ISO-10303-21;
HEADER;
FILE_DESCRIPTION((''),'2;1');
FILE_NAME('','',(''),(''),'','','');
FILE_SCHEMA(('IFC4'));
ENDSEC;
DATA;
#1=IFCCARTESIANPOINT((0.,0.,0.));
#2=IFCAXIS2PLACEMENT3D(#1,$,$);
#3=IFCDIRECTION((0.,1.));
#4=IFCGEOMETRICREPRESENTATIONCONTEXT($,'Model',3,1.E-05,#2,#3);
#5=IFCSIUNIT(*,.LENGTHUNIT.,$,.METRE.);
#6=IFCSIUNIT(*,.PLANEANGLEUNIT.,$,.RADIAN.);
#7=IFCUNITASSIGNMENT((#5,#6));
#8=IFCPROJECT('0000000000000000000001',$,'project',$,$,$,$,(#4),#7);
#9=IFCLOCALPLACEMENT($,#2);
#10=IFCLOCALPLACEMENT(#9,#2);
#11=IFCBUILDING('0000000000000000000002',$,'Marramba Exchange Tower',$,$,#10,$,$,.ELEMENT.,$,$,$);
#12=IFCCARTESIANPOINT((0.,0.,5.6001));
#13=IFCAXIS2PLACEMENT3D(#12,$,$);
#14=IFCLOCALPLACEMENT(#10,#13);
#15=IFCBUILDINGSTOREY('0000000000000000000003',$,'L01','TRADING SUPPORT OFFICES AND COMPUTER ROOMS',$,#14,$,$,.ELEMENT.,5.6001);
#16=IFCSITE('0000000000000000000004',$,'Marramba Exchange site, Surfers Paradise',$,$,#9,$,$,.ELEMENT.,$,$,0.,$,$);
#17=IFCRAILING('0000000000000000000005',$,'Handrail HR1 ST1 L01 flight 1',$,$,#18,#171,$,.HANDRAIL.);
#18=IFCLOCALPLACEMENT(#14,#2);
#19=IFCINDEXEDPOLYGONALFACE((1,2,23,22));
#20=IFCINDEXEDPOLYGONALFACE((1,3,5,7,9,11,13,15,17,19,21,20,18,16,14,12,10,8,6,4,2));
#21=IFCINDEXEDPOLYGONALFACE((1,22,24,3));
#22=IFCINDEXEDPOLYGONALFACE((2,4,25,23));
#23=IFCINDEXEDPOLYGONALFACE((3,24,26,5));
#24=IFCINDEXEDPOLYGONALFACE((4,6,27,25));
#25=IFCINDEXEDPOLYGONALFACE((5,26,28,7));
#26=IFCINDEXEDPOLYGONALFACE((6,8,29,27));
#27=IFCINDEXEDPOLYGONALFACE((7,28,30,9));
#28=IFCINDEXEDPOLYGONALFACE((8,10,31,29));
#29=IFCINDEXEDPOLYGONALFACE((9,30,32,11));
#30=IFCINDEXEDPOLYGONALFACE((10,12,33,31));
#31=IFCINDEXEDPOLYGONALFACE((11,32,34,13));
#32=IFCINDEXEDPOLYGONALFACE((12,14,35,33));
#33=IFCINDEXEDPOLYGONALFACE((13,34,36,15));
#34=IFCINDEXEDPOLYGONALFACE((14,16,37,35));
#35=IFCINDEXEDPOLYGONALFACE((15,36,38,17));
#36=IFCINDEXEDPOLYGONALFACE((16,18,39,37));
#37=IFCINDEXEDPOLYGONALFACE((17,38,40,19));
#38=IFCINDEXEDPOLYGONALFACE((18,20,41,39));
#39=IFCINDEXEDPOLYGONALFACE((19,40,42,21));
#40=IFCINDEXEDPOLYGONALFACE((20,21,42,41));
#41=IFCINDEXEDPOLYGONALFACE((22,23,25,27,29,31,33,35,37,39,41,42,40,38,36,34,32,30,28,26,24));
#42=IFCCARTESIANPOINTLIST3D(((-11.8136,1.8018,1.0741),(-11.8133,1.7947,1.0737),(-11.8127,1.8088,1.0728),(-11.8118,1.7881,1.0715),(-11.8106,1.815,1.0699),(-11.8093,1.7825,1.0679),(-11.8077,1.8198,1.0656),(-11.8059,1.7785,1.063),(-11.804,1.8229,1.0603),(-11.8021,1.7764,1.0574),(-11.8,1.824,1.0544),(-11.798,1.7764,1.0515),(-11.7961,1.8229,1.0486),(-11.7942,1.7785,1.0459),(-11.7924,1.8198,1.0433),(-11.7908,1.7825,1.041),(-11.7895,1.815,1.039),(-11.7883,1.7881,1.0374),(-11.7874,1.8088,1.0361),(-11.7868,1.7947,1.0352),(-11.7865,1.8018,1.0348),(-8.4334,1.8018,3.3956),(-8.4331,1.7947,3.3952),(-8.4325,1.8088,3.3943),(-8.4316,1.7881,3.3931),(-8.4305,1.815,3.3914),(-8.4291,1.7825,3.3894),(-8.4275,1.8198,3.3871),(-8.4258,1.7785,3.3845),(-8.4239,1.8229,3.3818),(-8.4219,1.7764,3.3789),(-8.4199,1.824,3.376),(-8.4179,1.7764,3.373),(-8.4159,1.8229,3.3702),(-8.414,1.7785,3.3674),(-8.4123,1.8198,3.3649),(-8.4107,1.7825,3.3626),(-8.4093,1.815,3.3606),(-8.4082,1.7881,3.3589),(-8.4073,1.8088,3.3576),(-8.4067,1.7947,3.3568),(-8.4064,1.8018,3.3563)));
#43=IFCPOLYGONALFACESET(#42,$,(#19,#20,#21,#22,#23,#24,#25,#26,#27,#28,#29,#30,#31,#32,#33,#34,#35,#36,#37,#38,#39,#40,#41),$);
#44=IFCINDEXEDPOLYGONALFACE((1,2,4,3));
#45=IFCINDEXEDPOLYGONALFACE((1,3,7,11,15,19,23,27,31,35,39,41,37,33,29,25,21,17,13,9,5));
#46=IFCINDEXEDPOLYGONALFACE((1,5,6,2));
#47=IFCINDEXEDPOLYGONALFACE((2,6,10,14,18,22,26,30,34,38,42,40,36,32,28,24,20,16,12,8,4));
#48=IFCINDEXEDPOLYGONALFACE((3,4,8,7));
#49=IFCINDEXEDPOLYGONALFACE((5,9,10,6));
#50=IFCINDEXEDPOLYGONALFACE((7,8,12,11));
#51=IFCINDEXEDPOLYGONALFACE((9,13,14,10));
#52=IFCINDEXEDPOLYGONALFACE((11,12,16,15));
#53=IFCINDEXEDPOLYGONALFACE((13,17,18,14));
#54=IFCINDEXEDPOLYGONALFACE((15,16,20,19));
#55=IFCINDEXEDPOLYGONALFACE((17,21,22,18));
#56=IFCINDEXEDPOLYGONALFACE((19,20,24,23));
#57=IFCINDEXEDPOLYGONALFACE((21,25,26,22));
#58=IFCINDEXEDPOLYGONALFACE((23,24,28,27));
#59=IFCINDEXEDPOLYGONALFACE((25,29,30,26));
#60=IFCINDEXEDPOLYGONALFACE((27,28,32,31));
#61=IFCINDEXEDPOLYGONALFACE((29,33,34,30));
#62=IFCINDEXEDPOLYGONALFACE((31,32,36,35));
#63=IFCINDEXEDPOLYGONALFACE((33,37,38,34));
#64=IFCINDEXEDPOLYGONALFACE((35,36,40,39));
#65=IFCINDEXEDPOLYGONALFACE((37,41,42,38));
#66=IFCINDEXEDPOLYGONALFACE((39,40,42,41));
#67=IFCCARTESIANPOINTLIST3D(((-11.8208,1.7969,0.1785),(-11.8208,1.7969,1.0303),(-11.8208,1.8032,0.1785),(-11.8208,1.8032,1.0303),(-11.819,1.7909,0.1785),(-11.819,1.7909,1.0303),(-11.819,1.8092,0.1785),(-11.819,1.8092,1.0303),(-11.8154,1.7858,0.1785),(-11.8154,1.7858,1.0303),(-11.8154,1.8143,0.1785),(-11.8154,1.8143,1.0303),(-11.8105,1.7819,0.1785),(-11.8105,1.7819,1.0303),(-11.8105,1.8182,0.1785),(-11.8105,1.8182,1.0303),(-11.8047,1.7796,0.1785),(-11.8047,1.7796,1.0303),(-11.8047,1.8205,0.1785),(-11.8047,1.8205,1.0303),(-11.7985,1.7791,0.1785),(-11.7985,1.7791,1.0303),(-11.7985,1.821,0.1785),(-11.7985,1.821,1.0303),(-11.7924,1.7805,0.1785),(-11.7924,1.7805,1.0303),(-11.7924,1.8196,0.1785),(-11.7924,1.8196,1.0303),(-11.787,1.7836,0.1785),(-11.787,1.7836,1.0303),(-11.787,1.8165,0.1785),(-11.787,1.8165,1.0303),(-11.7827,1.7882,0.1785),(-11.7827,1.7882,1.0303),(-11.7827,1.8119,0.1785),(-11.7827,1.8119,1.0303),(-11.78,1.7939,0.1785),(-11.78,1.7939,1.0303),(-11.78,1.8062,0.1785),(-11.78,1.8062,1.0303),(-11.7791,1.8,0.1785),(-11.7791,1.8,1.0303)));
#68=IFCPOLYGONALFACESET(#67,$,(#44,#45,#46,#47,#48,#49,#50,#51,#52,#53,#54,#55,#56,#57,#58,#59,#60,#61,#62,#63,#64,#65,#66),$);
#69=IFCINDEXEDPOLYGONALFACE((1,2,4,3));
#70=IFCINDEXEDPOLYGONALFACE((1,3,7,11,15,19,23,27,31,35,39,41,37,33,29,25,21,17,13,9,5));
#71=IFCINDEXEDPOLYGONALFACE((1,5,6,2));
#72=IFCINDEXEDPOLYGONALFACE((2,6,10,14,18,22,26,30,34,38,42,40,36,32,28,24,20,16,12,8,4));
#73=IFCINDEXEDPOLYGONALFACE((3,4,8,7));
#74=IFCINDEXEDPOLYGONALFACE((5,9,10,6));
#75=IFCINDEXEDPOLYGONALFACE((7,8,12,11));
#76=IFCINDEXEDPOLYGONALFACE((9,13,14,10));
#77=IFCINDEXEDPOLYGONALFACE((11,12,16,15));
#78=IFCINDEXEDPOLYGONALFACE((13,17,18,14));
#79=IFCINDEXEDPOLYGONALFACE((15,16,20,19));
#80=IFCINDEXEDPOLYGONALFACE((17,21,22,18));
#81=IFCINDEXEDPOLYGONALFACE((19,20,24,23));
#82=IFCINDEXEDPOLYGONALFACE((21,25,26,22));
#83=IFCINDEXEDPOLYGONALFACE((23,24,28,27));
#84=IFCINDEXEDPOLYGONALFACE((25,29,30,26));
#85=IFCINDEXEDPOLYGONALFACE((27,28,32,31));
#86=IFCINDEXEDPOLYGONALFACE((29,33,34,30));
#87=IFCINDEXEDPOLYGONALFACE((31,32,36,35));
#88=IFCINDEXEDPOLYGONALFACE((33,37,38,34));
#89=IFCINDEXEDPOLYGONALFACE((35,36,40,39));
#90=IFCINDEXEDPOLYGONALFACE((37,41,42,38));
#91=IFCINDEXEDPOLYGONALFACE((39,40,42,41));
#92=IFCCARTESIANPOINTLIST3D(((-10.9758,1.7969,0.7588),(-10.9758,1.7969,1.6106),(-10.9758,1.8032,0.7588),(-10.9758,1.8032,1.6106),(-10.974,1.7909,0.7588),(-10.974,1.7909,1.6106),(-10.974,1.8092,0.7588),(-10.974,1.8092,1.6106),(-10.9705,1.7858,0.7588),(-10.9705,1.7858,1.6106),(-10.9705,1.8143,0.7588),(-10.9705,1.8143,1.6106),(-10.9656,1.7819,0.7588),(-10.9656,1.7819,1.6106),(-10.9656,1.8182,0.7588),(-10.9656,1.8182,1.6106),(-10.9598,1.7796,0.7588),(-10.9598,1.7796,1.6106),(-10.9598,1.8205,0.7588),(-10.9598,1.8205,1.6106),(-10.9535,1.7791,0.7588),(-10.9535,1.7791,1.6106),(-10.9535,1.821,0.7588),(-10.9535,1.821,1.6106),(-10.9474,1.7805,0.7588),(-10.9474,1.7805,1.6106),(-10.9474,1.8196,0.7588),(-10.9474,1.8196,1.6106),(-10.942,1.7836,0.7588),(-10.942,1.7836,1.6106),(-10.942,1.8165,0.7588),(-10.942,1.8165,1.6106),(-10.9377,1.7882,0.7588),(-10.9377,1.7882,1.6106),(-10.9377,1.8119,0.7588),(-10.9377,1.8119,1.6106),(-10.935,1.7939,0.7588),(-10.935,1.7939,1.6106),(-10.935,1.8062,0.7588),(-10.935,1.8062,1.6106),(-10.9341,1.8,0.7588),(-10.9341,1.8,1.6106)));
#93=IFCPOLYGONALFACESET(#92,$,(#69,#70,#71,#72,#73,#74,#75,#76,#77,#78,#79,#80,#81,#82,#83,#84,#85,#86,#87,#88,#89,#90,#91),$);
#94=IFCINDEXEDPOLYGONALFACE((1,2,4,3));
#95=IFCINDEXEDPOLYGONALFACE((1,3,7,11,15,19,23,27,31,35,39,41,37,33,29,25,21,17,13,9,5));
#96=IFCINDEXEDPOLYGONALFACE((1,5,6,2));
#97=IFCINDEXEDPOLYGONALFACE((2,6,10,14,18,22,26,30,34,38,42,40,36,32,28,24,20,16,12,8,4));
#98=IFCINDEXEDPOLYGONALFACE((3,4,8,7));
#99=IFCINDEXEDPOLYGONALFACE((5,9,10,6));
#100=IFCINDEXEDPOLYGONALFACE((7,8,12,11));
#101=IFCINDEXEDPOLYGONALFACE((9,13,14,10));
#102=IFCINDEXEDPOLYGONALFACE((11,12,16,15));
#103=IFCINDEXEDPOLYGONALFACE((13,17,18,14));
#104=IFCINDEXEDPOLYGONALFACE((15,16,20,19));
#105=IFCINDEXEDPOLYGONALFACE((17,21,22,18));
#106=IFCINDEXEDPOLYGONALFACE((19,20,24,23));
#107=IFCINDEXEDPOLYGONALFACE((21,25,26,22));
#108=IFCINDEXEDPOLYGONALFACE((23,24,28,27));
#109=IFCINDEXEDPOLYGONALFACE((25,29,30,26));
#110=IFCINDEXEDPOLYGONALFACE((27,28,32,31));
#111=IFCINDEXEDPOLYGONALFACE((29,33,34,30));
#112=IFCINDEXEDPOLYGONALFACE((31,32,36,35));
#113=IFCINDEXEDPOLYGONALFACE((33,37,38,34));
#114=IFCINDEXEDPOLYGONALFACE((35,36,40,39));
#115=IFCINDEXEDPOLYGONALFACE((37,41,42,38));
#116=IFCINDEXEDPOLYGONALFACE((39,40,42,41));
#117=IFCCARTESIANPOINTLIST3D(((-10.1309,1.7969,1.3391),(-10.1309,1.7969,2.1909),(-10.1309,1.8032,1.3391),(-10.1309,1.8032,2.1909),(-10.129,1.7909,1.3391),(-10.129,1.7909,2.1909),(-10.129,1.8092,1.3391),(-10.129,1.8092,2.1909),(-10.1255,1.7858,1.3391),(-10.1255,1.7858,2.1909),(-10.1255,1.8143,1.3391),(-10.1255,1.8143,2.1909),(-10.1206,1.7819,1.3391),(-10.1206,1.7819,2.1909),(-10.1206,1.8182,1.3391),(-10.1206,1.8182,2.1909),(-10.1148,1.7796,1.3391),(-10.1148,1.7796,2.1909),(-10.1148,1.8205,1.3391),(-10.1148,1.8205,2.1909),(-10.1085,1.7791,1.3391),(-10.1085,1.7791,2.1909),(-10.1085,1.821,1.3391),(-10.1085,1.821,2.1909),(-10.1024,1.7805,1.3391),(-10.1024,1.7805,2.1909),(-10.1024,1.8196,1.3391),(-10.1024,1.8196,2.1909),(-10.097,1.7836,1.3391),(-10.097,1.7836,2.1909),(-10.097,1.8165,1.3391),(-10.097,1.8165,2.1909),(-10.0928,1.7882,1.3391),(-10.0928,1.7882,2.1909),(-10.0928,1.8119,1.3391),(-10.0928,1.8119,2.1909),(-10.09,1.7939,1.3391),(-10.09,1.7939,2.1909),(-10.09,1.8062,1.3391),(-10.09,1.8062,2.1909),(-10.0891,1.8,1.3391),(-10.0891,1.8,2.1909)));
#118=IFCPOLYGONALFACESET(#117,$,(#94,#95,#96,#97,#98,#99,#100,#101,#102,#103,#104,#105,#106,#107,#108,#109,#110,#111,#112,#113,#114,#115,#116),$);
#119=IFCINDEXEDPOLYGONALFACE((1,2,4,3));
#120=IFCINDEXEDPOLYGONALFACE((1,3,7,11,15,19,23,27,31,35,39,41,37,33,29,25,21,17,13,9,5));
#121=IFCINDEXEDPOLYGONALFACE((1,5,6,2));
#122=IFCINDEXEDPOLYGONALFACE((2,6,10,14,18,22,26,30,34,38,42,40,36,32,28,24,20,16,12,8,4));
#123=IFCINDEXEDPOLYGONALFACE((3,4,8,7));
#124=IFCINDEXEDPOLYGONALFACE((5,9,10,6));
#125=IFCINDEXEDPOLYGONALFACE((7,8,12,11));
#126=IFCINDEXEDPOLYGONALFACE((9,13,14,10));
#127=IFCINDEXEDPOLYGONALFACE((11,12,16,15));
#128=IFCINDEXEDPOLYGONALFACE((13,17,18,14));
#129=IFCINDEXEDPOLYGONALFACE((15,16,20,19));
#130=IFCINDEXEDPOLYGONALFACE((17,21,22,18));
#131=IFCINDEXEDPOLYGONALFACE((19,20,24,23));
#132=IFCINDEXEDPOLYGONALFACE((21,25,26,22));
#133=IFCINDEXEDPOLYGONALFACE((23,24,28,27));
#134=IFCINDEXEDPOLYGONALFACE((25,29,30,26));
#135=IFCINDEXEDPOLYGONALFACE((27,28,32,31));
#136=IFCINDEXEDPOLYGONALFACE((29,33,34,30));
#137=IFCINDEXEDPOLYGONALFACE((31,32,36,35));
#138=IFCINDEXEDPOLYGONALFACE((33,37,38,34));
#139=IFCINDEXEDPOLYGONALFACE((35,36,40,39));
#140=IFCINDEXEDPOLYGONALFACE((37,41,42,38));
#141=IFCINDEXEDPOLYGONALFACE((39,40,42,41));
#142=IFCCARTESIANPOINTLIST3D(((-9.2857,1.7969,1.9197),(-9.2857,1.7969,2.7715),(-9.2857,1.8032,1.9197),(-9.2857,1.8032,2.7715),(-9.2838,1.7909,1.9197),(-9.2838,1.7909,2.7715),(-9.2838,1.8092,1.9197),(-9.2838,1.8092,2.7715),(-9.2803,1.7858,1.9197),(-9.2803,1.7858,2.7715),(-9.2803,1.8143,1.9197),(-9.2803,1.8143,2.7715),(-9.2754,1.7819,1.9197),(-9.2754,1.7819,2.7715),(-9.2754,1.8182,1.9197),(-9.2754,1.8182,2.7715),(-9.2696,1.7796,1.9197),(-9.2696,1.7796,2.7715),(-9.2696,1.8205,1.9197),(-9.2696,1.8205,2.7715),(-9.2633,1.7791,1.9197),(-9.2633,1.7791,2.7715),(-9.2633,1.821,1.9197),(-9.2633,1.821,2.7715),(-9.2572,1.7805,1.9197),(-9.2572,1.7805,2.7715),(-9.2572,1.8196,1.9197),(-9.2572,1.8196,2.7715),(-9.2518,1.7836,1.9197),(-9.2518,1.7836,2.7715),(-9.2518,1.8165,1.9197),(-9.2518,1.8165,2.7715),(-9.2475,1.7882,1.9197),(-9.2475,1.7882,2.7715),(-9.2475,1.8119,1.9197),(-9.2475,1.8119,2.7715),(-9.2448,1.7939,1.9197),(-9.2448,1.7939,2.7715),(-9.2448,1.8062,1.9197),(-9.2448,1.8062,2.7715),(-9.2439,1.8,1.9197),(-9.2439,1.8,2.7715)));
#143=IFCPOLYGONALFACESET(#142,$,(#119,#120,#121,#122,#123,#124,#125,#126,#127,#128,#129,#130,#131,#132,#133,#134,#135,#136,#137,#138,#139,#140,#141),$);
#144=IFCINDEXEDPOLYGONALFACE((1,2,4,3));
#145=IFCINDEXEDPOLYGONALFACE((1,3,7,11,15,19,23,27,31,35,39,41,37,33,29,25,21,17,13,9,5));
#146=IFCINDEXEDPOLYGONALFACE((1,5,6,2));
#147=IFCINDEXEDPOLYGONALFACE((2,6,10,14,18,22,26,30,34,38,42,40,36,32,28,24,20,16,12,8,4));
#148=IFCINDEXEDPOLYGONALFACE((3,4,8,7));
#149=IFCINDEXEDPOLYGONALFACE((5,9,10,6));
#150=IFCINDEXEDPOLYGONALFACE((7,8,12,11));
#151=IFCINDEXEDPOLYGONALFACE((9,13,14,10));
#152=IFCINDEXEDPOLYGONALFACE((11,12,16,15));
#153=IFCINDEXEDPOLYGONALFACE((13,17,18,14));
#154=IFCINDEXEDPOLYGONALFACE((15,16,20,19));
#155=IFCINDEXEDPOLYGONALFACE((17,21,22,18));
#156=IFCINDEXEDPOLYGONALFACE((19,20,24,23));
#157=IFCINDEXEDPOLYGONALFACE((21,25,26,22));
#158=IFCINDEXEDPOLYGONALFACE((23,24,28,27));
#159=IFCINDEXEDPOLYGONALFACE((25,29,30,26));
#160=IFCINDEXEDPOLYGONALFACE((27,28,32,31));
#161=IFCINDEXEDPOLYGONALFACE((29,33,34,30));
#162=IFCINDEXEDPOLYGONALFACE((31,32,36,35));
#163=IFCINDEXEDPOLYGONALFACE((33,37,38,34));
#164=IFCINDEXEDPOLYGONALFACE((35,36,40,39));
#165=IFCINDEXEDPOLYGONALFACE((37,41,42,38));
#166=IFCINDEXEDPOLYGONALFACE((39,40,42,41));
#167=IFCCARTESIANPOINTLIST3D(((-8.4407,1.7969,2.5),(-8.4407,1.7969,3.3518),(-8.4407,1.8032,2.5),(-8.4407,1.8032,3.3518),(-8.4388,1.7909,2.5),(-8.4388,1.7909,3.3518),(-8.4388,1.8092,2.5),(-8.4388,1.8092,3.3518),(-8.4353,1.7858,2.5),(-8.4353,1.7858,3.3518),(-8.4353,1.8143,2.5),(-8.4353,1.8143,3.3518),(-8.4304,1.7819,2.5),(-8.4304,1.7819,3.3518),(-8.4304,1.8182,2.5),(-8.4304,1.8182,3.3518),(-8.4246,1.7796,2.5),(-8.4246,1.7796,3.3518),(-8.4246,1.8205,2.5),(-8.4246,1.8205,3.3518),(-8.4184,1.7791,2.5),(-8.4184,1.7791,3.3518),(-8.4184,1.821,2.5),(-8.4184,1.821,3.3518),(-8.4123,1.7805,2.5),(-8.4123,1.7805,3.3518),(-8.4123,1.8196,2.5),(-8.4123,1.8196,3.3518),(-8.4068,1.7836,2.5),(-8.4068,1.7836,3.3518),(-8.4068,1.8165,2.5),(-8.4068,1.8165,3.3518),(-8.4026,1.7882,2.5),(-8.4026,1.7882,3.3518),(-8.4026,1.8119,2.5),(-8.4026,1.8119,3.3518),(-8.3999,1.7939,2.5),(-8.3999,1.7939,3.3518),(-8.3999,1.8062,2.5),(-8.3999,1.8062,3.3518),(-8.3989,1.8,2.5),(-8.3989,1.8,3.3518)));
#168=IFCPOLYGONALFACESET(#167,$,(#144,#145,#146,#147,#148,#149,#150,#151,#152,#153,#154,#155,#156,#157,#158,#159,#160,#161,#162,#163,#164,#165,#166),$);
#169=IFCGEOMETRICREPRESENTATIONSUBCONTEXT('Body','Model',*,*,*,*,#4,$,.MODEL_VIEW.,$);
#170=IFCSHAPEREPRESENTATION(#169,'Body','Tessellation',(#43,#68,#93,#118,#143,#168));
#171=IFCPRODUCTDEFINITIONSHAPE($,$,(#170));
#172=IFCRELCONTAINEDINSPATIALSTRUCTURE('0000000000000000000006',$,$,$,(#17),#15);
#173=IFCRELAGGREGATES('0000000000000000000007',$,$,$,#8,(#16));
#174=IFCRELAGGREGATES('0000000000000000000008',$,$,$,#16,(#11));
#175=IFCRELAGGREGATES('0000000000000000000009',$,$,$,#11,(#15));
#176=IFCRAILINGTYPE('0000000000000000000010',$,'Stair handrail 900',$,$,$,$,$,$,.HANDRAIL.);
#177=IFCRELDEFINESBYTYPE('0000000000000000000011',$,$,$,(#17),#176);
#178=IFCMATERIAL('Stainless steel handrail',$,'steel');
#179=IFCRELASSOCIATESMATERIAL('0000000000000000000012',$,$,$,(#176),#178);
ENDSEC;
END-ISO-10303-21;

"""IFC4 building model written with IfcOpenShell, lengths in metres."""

from ifc_helpers import new_model, si_unit, direction, frame, origin, origin_2d, place, context, subcontext, project, spatial, circle, extrude, material, type_object, element, save


model = new_model("IFC4")

# Units and contexts
model_context = context("Model", 3, precision=1e-05, world=origin(), true_north=direction((0.0, 1.0)))
body_context = subcontext(model_context, "Body", "Model", "MODEL_VIEW")
ifc_project = project(units=[si_unit("LENGTHUNIT", "METRE"), si_unit("PLANEANGLEUNIT", "RADIAN")], contexts=[model_context])

# Site, building, storey
site_placement = place(None, origin())
site = spatial("IfcSite", under=ifc_project, at=site_placement, Name="Marramba Exchange site, Surfers Paradise", CompositionType="ELEMENT", RefElevation=0.0)
building_placement = place(site_placement, origin())
building = spatial("IfcBuilding", under=site, at=building_placement, Name="Marramba Exchange Tower", CompositionType="ELEMENT")
storey_placement = place(building_placement, frame((0.0, 0.0, 5.6001)))
storey = spatial("IfcBuildingStorey", under=building, at=storey_placement, Name="L01", Description="TRADING SUPPORT OFFICES AND COMPUTER ROOMS", CompositionType="ELEMENT", Elevation=5.6001)

# Railing
ifc_material_1 = material(Name="Stainless steel handrail", Category="steel")
railing_type = type_object("IfcRailingType", Name="Stair handrail 900", PredefinedType="HANDRAIL", material=ifc_material_1)
railing_1_placement = place(storey_placement, frame((-11.8, 1.8, 0.1785)))
element("IfcRailing", 1, at=railing_1_placement, inside=storey, type_object=railing_type, Name="Handrail HR1 ST1 L01 flight 1", PredefinedType="HANDRAIL", context=body_context, shape_type="SweptSolid", body=[
    extrude(circle(Radius=0.0239, at=origin_2d()), frame((0.0, 0.0, 0.876), z_axis=(0.824304, 0.0, 0.566147), x_axis=(0.0, 1.0, 0.0)), (0.0, 0.0, 1.0), 4.1006),
    extrude(circle(Radius=0.021, at=origin_2d()), origin(), (0.0, 0.0, 1.0), 0.8518),
    extrude(circle(Radius=0.021, at=origin_2d()), frame((0.845, 0.0, 0.5803)), (0.0, 0.0, 1.0), 0.8518),
    extrude(circle(Radius=0.021, at=origin_2d()), frame((1.6899, 0.0, 1.1606)), (0.0, 0.0, 1.0), 0.8518),
    extrude(circle(Radius=0.021, at=origin_2d()), frame((2.5352, 0.0, 1.7412)), (0.0, 0.0, 1.0), 0.8518),
    extrude(circle(Radius=0.021, at=origin_2d()), frame((3.3801, 0.0, 2.3215)), (0.0, 0.0, 1.0), 0.8518),
])

save(model, "model.ifc")
